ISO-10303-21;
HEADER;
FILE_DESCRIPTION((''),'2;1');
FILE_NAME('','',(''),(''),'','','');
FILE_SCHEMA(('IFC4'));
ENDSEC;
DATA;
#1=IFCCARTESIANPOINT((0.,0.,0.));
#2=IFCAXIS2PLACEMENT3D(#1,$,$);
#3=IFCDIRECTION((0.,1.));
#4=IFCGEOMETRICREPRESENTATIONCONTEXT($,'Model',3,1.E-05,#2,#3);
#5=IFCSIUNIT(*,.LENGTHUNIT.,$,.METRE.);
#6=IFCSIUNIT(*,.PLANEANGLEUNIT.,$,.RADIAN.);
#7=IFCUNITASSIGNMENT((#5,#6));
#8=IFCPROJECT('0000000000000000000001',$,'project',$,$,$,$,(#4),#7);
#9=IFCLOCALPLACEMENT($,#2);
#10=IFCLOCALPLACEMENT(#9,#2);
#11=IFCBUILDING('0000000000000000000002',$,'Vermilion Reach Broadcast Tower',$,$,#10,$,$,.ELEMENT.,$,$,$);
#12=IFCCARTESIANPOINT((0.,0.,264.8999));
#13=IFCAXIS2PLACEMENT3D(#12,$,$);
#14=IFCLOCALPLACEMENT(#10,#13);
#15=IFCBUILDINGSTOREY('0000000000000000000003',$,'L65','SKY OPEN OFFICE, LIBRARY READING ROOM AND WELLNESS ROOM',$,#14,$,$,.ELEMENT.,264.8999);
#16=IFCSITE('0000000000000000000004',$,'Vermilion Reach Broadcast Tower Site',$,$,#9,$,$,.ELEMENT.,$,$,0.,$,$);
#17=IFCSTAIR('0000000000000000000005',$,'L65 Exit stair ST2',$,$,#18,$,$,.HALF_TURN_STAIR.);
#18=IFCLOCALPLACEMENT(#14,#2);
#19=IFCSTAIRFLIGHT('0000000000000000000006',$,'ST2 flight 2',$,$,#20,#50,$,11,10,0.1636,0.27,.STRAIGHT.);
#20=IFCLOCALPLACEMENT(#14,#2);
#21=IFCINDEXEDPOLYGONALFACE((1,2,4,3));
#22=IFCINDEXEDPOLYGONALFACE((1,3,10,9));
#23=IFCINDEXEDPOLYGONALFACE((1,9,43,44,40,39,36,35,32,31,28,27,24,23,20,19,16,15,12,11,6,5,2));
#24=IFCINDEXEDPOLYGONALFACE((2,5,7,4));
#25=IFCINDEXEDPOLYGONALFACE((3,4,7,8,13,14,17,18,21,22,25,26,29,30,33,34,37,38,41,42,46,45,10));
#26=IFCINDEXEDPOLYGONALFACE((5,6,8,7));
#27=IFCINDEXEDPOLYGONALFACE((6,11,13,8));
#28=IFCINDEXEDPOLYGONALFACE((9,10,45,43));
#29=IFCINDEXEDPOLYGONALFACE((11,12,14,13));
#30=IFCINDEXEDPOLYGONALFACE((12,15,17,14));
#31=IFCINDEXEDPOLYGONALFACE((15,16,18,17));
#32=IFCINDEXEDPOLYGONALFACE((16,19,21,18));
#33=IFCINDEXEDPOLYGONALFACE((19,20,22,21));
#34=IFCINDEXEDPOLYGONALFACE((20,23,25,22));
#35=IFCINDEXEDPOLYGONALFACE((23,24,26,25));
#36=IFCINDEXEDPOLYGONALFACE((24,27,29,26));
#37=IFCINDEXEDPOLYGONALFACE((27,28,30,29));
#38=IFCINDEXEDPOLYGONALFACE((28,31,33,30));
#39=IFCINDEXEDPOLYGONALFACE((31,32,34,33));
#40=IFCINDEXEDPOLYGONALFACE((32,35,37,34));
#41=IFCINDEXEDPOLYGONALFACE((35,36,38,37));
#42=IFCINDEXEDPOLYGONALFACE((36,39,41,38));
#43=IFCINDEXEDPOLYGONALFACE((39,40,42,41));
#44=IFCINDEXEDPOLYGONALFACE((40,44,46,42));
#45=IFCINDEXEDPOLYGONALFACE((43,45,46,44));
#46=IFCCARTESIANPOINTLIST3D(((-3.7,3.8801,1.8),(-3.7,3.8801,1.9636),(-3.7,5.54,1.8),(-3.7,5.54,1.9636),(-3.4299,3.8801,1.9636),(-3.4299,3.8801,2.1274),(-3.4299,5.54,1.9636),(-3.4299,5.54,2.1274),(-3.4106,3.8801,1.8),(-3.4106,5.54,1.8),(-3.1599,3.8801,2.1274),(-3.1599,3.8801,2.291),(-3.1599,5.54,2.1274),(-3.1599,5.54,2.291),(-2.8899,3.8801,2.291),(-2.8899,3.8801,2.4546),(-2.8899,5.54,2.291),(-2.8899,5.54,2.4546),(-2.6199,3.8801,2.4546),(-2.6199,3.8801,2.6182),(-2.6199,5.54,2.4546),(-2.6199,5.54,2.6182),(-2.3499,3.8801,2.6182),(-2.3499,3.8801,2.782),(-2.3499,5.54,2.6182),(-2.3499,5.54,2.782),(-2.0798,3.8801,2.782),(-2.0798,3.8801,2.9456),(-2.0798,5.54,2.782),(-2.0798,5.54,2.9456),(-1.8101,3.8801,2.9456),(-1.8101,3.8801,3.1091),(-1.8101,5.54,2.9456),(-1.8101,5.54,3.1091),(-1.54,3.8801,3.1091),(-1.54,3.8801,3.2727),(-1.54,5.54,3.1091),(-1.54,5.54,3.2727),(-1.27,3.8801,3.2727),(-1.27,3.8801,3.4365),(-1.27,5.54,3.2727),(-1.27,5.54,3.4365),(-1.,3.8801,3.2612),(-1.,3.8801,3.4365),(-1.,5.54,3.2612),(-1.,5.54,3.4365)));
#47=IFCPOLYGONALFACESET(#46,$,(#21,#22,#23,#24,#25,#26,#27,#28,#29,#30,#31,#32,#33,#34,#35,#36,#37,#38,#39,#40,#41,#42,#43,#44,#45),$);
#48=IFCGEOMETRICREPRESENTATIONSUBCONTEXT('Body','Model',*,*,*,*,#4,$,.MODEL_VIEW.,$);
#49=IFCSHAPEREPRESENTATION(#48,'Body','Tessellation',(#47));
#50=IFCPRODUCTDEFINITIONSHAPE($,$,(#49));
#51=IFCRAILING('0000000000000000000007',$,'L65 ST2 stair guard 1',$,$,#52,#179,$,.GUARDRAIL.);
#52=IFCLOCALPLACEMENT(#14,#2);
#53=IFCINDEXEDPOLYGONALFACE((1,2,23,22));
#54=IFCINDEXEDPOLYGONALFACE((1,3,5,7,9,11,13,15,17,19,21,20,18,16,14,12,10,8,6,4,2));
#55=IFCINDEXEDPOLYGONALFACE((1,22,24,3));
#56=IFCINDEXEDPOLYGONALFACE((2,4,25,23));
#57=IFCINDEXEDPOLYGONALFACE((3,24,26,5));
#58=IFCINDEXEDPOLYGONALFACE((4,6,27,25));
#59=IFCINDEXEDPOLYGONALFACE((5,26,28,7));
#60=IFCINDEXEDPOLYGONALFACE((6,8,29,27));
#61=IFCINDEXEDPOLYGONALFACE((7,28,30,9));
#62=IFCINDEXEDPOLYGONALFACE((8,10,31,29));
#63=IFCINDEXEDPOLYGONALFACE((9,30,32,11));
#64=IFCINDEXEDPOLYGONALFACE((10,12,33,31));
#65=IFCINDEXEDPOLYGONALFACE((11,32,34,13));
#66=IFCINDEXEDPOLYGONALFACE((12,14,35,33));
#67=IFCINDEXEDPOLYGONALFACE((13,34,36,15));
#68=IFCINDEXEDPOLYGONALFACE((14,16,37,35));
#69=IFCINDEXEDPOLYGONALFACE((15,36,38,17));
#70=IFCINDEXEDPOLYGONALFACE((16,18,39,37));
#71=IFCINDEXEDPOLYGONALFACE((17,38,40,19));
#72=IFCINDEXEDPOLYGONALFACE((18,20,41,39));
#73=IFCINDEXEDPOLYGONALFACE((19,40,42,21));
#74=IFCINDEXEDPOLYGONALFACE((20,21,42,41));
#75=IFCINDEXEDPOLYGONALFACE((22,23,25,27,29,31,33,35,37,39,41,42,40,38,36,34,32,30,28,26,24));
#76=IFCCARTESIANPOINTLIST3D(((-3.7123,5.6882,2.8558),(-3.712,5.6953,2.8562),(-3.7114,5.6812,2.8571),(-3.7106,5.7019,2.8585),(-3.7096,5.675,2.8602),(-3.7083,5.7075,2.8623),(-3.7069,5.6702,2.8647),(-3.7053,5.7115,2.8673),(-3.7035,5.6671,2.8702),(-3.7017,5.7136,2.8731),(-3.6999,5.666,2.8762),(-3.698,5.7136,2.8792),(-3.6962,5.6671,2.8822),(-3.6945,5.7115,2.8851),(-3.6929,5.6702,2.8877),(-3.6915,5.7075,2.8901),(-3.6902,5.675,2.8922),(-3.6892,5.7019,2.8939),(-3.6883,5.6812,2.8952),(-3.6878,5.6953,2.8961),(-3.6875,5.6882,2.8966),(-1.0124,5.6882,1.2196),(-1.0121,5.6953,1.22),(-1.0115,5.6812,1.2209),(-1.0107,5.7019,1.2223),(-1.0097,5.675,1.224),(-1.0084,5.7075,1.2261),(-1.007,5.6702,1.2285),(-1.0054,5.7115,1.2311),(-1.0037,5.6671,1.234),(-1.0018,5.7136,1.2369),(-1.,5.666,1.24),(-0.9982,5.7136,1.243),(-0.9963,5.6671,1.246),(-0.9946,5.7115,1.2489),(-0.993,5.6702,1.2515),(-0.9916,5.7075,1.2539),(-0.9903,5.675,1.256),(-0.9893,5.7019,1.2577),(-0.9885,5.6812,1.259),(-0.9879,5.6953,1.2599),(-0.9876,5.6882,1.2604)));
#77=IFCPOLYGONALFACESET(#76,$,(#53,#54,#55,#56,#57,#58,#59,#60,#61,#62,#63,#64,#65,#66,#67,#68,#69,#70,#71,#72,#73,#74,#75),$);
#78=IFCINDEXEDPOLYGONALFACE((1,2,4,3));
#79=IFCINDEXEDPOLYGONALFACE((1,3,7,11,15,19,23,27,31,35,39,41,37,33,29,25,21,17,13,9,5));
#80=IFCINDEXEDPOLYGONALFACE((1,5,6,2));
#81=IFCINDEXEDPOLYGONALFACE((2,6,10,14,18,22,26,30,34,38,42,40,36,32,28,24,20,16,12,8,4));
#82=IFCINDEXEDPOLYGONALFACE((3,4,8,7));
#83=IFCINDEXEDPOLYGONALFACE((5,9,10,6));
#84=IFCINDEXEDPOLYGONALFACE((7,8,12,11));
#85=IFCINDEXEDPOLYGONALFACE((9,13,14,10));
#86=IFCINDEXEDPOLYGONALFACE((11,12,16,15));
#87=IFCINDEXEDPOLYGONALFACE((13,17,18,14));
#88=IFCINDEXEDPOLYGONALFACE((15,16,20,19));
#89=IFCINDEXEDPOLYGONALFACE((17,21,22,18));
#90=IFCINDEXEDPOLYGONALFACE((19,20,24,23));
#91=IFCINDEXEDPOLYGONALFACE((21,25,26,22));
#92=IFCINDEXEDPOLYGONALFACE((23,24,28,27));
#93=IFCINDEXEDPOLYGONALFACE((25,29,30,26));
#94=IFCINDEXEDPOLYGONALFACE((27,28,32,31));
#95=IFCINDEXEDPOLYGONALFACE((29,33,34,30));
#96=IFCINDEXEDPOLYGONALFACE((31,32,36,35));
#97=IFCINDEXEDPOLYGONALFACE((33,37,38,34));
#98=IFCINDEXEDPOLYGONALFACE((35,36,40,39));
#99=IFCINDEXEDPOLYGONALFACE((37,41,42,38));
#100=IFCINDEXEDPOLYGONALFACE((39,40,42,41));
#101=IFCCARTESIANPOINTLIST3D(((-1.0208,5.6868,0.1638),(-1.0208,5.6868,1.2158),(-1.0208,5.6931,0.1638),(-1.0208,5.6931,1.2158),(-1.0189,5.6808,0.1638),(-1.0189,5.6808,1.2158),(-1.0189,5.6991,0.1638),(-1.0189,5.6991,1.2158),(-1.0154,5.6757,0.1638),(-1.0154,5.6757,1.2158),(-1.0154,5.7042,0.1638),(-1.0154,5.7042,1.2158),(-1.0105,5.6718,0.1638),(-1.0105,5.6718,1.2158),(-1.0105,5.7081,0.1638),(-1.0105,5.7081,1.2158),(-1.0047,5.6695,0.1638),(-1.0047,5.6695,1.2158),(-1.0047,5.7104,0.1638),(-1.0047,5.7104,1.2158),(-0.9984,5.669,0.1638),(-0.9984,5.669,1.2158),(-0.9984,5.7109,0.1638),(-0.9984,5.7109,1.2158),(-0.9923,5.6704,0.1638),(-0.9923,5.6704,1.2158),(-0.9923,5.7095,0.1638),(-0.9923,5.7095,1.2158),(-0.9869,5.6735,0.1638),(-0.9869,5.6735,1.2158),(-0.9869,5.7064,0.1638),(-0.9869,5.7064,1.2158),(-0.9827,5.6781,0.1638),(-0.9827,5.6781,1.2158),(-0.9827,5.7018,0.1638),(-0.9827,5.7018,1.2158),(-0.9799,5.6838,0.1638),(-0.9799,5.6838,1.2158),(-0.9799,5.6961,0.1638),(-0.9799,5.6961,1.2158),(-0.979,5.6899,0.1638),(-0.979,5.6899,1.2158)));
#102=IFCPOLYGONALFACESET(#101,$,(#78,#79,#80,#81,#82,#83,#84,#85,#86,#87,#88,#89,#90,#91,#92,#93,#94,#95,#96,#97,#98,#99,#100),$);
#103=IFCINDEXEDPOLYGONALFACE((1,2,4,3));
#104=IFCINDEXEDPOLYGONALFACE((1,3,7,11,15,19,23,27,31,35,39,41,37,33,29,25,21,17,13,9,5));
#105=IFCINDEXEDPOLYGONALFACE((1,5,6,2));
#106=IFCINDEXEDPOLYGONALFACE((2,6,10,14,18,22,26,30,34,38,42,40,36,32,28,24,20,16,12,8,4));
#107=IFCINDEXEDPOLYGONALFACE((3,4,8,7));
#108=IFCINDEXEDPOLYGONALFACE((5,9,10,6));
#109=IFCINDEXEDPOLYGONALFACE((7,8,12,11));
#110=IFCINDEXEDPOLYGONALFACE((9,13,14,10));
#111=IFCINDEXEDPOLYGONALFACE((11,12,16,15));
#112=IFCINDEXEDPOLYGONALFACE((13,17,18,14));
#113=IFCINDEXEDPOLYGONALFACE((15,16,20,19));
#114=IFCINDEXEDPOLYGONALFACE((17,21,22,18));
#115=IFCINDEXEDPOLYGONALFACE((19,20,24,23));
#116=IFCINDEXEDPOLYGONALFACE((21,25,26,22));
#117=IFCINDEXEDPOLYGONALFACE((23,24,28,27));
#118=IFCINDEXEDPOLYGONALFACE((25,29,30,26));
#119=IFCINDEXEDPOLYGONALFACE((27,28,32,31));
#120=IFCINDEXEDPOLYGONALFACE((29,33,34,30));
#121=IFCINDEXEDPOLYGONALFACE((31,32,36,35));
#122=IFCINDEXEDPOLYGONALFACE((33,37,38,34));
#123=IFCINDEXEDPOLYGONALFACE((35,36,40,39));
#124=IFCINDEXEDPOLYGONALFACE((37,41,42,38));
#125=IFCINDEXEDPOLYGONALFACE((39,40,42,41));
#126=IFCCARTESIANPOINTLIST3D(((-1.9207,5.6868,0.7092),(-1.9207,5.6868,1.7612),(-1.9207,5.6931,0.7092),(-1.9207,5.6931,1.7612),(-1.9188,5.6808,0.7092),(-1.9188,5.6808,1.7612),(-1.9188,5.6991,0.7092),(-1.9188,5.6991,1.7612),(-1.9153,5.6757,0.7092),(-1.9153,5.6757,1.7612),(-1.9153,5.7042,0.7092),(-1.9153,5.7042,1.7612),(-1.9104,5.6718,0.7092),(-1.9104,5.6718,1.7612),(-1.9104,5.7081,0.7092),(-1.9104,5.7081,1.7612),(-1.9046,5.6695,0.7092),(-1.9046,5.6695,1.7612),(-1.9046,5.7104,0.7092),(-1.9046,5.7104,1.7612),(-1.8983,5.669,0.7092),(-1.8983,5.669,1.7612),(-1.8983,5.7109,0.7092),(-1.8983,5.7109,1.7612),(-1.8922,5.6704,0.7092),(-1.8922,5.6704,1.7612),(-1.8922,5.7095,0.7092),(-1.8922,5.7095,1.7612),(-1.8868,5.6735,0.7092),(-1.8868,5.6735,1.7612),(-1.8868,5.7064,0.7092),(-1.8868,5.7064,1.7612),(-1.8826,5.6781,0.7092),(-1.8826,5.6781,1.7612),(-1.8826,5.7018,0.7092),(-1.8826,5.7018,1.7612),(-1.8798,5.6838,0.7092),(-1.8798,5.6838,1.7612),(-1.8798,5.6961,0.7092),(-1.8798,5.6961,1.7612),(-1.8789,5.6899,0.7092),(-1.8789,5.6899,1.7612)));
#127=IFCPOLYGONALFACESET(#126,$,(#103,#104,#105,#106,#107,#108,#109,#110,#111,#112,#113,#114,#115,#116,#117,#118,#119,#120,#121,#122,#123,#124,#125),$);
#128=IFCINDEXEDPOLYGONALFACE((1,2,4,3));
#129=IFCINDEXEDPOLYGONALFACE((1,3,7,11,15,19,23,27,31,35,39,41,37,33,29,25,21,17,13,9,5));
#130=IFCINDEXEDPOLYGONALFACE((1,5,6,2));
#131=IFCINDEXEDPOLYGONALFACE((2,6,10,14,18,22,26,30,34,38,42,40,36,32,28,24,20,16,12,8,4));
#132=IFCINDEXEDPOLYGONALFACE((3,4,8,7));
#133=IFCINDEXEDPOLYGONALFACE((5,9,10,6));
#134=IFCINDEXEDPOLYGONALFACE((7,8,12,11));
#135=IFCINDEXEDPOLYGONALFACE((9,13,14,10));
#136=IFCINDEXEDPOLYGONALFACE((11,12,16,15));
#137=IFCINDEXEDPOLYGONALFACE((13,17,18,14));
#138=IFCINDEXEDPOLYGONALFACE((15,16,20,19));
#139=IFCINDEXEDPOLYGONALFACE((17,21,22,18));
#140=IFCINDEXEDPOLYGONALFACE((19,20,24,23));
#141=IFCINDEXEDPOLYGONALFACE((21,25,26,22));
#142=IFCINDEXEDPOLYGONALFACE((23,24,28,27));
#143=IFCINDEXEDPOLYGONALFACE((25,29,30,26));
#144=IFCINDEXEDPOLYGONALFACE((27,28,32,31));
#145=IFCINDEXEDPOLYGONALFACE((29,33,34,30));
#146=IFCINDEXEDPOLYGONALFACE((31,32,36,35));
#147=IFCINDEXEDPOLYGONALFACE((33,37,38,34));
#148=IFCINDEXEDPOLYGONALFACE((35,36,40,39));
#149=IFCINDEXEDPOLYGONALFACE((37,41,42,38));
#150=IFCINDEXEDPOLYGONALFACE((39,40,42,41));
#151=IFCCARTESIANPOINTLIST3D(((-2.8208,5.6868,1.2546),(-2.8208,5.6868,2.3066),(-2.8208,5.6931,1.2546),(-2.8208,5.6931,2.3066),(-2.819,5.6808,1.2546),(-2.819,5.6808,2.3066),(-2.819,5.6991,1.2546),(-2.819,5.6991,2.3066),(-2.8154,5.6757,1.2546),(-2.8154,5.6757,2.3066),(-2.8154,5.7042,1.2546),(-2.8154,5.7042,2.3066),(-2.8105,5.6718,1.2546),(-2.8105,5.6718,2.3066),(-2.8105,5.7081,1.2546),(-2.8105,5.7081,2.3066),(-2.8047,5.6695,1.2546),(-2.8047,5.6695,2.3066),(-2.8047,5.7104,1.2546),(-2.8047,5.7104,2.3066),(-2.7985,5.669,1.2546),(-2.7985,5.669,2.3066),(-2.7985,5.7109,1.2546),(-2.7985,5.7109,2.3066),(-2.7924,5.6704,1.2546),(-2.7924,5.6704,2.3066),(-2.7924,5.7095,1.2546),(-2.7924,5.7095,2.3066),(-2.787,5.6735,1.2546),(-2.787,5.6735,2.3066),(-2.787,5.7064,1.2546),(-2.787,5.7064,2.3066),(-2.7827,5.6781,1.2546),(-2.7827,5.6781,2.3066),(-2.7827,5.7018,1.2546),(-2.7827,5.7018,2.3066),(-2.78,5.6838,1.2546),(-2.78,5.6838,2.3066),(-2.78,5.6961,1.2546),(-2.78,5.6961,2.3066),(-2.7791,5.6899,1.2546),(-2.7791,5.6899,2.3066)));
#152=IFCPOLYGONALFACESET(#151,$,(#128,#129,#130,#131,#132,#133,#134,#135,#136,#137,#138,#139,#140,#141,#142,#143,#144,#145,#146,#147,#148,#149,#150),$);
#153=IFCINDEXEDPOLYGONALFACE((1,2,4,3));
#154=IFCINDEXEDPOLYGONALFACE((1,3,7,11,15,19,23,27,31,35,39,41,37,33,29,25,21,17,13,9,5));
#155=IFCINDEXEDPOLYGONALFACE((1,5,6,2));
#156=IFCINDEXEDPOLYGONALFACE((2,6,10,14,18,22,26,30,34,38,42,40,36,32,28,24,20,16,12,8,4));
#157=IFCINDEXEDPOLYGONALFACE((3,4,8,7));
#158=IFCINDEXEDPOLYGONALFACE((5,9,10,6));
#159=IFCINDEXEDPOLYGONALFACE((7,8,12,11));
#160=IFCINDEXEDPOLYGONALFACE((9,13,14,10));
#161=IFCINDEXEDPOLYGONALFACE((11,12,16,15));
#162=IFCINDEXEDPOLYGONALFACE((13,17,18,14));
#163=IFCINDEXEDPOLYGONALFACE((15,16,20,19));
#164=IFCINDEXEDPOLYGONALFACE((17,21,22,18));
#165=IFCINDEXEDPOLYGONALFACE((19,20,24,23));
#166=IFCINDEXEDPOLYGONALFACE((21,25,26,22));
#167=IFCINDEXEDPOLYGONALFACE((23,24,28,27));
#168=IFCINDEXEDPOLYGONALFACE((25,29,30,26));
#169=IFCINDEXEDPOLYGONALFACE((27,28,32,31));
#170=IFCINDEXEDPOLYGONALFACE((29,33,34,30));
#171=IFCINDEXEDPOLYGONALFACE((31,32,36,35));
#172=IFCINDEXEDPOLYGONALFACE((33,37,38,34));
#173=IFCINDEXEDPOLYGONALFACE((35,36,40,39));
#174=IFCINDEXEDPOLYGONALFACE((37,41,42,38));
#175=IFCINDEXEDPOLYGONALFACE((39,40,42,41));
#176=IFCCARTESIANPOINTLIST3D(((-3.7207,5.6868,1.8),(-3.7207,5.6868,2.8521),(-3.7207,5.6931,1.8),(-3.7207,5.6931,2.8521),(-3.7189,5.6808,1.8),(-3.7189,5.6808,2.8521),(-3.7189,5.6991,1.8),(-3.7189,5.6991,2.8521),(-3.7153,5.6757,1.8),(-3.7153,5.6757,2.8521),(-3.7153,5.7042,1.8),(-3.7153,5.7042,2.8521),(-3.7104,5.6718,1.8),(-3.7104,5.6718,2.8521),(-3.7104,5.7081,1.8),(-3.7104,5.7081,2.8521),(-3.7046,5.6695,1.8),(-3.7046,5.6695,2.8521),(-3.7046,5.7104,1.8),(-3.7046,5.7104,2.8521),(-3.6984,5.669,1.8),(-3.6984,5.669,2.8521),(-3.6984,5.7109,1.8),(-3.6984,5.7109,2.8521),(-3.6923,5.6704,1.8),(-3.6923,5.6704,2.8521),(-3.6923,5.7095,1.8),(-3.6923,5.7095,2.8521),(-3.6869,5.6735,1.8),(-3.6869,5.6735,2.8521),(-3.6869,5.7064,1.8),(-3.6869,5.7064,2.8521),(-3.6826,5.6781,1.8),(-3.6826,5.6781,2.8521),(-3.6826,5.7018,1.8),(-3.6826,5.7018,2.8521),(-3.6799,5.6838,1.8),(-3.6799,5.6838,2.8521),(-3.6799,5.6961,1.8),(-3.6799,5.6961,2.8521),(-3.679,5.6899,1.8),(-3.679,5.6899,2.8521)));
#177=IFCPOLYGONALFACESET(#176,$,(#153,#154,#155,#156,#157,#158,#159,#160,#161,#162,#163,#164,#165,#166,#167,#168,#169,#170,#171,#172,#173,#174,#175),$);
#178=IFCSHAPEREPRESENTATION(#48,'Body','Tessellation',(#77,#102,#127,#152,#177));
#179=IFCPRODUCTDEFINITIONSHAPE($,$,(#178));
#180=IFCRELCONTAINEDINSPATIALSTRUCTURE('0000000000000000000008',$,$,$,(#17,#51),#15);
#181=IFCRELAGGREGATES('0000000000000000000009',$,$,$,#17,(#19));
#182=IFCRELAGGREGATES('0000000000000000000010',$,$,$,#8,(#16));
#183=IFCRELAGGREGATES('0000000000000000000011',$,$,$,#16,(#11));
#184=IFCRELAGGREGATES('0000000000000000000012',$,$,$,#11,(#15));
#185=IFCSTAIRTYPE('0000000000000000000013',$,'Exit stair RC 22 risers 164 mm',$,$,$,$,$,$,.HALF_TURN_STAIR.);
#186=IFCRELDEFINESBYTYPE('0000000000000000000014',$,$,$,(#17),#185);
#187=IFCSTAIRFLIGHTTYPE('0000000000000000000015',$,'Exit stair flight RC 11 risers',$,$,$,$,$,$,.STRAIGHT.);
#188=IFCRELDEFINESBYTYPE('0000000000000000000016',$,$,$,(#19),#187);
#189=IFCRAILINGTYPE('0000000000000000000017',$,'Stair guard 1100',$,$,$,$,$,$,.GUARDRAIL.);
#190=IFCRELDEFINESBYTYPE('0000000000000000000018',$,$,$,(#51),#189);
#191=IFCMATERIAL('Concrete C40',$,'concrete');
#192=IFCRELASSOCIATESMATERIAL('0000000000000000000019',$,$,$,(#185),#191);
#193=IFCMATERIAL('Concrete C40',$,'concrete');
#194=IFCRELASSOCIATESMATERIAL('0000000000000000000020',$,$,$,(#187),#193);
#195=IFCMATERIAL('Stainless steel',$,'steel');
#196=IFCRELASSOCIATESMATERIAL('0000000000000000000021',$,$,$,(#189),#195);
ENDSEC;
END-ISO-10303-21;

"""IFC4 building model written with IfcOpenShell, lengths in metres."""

from ifc_helpers import new_model, si_unit, direction, frame, origin, origin_2d, place, context, subcontext, project, spatial, polyline, circle, outline, extrude, material, type_object, element, aggregate, save


model = new_model("IFC4")

# Units and contexts
model_context = context("Model", 3, precision=1e-05, world=origin(), true_north=direction((0.0, 1.0)))
body_context = subcontext(model_context, "Body", "Model", "MODEL_VIEW")
ifc_project = project(units=[si_unit("LENGTHUNIT", "METRE"), si_unit("PLANEANGLEUNIT", "RADIAN")], contexts=[model_context])

# Site, building, storey
site_placement = place(None, origin())
site = spatial("IfcSite", under=ifc_project, at=site_placement, Name="Vermilion Reach Broadcast Tower Site", CompositionType="ELEMENT", RefElevation=0.0)
building_placement = place(site_placement, origin())
building = spatial("IfcBuilding", under=site, at=building_placement, Name="Vermilion Reach Broadcast Tower", CompositionType="ELEMENT")
storey_placement = place(building_placement, frame((0.0, 0.0, 264.8999)))
storey = spatial("IfcBuildingStorey", under=building, at=storey_placement, Name="L65", Description="SKY OPEN OFFICE, LIBRARY READING ROOM AND WELLNESS ROOM", CompositionType="ELEMENT", Elevation=264.8999)

# Stair
ifc_material_1 = material(Name="Concrete C40", Category="concrete")
stair_type = type_object("IfcStairType", Name="Exit stair RC 22 risers 164 mm", PredefinedType="HALF_TURN_STAIR", material=ifc_material_1)
placement_1 = place(storey_placement, origin())
stair_1 = element("IfcStair", 1, at=placement_1, inside=storey, type_object=stair_type, Name="L65 Exit stair ST2", PredefinedType="HALF_TURN_STAIR")

# Stair flight
ifc_material_2 = material(Name="Concrete C40", Category="concrete")
stair_flight_type = type_object("IfcStairFlightType", Name="Exit stair flight RC 11 risers", PredefinedType="STRAIGHT", material=ifc_material_2)
stair_flight_1_placement = place(storey_placement, frame((-3.7, 4.71, 1.8), z_axis=(0.0, 0.0, 1.0), x_axis=(1.0, 0.0, 0.0)))
stair_flight_1 = element("IfcStairFlight", 2, at=stair_flight_1_placement, type_object=stair_flight_type, Name="ST2 flight 2", NumberOfRisers=11, NumberOfTreads=10, PredefinedType="STRAIGHT", RiserHeight=0.1636, TreadLength=0.27, context=body_context, shape_type="SweptSolid", body=[
    extrude(outline(polyline([(0.0, 0.0), (0.0, 0.1636), (0.27, 0.1636), (0.27, 0.3274), (0.54, 0.3274), (0.54, 0.491), (0.8101, 0.491), (0.8101, 0.6545), (1.0801, 0.6545), (1.0801, 0.8181), (1.3501, 0.8181), (1.3501, 0.9819), (1.6201, 0.9819), (1.6201, 1.1455), (1.8899, 1.1455), (1.8899, 1.3091), (2.1599, 1.3091), (2.1599, 1.4727), (2.4299, 1.4727), (2.4299, 1.6365), (2.7, 1.6365), (2.7, 1.8), (2.7, 1.4612), (0.2893, 0.0), (0.0, 0.0)])), frame((0.0, 0.8301, 0.0), z_axis=(0.0, -1.0, 0.0), x_axis=(1.0, 0.0, 0.0)), (0.0, 0.0, 1.0), 1.6599),
])
aggregate(stair_1, [stair_flight_1])

# Railing
ifc_material_3 = material(Name="Stainless steel", Category="steel")
railing_type_1 = type_object("IfcRailingType", Name="Stair guard 1100", PredefinedType="GUARDRAIL", material=ifc_material_3)
railing_1_placement = place(storey_placement, frame((-1.0, 5.6899, 0.1638)))
element("IfcRailing", 3, at=railing_1_placement, inside=storey, type_object=railing_type_1, Name="L65 ST2 stair guard 1", PredefinedType="GUARDRAIL", context=body_context, shape_type="SweptSolid", body=[
    extrude(circle(Radius=0.0239, at=origin_2d()), frame((0.0, 0.0, 1.0762), z_axis=(-0.855212, 0.0, 0.518278), x_axis=(0.0, -1.0, 0.0)), (0.0, 0.0, 1.0), 3.157),
    extrude(circle(Radius=0.021, at=origin_2d()), origin(), (0.0, 0.0, 1.0), 1.052),
    extrude(circle(Radius=0.021, at=origin_2d()), frame((-0.8999, 0.0, 0.5454)), (0.0, 0.0, 1.0), 1.052),
    extrude(circle(Radius=0.021, at=origin_2d()), frame((-1.8, 0.0, 1.0908)), (0.0, 0.0, 1.0), 1.052),
    extrude(circle(Radius=0.021, at=origin_2d()), frame((-2.7, 0.0, 1.6362)), (0.0, 0.0, 1.0), 1.052),
])

save(model, "model.ifc")
